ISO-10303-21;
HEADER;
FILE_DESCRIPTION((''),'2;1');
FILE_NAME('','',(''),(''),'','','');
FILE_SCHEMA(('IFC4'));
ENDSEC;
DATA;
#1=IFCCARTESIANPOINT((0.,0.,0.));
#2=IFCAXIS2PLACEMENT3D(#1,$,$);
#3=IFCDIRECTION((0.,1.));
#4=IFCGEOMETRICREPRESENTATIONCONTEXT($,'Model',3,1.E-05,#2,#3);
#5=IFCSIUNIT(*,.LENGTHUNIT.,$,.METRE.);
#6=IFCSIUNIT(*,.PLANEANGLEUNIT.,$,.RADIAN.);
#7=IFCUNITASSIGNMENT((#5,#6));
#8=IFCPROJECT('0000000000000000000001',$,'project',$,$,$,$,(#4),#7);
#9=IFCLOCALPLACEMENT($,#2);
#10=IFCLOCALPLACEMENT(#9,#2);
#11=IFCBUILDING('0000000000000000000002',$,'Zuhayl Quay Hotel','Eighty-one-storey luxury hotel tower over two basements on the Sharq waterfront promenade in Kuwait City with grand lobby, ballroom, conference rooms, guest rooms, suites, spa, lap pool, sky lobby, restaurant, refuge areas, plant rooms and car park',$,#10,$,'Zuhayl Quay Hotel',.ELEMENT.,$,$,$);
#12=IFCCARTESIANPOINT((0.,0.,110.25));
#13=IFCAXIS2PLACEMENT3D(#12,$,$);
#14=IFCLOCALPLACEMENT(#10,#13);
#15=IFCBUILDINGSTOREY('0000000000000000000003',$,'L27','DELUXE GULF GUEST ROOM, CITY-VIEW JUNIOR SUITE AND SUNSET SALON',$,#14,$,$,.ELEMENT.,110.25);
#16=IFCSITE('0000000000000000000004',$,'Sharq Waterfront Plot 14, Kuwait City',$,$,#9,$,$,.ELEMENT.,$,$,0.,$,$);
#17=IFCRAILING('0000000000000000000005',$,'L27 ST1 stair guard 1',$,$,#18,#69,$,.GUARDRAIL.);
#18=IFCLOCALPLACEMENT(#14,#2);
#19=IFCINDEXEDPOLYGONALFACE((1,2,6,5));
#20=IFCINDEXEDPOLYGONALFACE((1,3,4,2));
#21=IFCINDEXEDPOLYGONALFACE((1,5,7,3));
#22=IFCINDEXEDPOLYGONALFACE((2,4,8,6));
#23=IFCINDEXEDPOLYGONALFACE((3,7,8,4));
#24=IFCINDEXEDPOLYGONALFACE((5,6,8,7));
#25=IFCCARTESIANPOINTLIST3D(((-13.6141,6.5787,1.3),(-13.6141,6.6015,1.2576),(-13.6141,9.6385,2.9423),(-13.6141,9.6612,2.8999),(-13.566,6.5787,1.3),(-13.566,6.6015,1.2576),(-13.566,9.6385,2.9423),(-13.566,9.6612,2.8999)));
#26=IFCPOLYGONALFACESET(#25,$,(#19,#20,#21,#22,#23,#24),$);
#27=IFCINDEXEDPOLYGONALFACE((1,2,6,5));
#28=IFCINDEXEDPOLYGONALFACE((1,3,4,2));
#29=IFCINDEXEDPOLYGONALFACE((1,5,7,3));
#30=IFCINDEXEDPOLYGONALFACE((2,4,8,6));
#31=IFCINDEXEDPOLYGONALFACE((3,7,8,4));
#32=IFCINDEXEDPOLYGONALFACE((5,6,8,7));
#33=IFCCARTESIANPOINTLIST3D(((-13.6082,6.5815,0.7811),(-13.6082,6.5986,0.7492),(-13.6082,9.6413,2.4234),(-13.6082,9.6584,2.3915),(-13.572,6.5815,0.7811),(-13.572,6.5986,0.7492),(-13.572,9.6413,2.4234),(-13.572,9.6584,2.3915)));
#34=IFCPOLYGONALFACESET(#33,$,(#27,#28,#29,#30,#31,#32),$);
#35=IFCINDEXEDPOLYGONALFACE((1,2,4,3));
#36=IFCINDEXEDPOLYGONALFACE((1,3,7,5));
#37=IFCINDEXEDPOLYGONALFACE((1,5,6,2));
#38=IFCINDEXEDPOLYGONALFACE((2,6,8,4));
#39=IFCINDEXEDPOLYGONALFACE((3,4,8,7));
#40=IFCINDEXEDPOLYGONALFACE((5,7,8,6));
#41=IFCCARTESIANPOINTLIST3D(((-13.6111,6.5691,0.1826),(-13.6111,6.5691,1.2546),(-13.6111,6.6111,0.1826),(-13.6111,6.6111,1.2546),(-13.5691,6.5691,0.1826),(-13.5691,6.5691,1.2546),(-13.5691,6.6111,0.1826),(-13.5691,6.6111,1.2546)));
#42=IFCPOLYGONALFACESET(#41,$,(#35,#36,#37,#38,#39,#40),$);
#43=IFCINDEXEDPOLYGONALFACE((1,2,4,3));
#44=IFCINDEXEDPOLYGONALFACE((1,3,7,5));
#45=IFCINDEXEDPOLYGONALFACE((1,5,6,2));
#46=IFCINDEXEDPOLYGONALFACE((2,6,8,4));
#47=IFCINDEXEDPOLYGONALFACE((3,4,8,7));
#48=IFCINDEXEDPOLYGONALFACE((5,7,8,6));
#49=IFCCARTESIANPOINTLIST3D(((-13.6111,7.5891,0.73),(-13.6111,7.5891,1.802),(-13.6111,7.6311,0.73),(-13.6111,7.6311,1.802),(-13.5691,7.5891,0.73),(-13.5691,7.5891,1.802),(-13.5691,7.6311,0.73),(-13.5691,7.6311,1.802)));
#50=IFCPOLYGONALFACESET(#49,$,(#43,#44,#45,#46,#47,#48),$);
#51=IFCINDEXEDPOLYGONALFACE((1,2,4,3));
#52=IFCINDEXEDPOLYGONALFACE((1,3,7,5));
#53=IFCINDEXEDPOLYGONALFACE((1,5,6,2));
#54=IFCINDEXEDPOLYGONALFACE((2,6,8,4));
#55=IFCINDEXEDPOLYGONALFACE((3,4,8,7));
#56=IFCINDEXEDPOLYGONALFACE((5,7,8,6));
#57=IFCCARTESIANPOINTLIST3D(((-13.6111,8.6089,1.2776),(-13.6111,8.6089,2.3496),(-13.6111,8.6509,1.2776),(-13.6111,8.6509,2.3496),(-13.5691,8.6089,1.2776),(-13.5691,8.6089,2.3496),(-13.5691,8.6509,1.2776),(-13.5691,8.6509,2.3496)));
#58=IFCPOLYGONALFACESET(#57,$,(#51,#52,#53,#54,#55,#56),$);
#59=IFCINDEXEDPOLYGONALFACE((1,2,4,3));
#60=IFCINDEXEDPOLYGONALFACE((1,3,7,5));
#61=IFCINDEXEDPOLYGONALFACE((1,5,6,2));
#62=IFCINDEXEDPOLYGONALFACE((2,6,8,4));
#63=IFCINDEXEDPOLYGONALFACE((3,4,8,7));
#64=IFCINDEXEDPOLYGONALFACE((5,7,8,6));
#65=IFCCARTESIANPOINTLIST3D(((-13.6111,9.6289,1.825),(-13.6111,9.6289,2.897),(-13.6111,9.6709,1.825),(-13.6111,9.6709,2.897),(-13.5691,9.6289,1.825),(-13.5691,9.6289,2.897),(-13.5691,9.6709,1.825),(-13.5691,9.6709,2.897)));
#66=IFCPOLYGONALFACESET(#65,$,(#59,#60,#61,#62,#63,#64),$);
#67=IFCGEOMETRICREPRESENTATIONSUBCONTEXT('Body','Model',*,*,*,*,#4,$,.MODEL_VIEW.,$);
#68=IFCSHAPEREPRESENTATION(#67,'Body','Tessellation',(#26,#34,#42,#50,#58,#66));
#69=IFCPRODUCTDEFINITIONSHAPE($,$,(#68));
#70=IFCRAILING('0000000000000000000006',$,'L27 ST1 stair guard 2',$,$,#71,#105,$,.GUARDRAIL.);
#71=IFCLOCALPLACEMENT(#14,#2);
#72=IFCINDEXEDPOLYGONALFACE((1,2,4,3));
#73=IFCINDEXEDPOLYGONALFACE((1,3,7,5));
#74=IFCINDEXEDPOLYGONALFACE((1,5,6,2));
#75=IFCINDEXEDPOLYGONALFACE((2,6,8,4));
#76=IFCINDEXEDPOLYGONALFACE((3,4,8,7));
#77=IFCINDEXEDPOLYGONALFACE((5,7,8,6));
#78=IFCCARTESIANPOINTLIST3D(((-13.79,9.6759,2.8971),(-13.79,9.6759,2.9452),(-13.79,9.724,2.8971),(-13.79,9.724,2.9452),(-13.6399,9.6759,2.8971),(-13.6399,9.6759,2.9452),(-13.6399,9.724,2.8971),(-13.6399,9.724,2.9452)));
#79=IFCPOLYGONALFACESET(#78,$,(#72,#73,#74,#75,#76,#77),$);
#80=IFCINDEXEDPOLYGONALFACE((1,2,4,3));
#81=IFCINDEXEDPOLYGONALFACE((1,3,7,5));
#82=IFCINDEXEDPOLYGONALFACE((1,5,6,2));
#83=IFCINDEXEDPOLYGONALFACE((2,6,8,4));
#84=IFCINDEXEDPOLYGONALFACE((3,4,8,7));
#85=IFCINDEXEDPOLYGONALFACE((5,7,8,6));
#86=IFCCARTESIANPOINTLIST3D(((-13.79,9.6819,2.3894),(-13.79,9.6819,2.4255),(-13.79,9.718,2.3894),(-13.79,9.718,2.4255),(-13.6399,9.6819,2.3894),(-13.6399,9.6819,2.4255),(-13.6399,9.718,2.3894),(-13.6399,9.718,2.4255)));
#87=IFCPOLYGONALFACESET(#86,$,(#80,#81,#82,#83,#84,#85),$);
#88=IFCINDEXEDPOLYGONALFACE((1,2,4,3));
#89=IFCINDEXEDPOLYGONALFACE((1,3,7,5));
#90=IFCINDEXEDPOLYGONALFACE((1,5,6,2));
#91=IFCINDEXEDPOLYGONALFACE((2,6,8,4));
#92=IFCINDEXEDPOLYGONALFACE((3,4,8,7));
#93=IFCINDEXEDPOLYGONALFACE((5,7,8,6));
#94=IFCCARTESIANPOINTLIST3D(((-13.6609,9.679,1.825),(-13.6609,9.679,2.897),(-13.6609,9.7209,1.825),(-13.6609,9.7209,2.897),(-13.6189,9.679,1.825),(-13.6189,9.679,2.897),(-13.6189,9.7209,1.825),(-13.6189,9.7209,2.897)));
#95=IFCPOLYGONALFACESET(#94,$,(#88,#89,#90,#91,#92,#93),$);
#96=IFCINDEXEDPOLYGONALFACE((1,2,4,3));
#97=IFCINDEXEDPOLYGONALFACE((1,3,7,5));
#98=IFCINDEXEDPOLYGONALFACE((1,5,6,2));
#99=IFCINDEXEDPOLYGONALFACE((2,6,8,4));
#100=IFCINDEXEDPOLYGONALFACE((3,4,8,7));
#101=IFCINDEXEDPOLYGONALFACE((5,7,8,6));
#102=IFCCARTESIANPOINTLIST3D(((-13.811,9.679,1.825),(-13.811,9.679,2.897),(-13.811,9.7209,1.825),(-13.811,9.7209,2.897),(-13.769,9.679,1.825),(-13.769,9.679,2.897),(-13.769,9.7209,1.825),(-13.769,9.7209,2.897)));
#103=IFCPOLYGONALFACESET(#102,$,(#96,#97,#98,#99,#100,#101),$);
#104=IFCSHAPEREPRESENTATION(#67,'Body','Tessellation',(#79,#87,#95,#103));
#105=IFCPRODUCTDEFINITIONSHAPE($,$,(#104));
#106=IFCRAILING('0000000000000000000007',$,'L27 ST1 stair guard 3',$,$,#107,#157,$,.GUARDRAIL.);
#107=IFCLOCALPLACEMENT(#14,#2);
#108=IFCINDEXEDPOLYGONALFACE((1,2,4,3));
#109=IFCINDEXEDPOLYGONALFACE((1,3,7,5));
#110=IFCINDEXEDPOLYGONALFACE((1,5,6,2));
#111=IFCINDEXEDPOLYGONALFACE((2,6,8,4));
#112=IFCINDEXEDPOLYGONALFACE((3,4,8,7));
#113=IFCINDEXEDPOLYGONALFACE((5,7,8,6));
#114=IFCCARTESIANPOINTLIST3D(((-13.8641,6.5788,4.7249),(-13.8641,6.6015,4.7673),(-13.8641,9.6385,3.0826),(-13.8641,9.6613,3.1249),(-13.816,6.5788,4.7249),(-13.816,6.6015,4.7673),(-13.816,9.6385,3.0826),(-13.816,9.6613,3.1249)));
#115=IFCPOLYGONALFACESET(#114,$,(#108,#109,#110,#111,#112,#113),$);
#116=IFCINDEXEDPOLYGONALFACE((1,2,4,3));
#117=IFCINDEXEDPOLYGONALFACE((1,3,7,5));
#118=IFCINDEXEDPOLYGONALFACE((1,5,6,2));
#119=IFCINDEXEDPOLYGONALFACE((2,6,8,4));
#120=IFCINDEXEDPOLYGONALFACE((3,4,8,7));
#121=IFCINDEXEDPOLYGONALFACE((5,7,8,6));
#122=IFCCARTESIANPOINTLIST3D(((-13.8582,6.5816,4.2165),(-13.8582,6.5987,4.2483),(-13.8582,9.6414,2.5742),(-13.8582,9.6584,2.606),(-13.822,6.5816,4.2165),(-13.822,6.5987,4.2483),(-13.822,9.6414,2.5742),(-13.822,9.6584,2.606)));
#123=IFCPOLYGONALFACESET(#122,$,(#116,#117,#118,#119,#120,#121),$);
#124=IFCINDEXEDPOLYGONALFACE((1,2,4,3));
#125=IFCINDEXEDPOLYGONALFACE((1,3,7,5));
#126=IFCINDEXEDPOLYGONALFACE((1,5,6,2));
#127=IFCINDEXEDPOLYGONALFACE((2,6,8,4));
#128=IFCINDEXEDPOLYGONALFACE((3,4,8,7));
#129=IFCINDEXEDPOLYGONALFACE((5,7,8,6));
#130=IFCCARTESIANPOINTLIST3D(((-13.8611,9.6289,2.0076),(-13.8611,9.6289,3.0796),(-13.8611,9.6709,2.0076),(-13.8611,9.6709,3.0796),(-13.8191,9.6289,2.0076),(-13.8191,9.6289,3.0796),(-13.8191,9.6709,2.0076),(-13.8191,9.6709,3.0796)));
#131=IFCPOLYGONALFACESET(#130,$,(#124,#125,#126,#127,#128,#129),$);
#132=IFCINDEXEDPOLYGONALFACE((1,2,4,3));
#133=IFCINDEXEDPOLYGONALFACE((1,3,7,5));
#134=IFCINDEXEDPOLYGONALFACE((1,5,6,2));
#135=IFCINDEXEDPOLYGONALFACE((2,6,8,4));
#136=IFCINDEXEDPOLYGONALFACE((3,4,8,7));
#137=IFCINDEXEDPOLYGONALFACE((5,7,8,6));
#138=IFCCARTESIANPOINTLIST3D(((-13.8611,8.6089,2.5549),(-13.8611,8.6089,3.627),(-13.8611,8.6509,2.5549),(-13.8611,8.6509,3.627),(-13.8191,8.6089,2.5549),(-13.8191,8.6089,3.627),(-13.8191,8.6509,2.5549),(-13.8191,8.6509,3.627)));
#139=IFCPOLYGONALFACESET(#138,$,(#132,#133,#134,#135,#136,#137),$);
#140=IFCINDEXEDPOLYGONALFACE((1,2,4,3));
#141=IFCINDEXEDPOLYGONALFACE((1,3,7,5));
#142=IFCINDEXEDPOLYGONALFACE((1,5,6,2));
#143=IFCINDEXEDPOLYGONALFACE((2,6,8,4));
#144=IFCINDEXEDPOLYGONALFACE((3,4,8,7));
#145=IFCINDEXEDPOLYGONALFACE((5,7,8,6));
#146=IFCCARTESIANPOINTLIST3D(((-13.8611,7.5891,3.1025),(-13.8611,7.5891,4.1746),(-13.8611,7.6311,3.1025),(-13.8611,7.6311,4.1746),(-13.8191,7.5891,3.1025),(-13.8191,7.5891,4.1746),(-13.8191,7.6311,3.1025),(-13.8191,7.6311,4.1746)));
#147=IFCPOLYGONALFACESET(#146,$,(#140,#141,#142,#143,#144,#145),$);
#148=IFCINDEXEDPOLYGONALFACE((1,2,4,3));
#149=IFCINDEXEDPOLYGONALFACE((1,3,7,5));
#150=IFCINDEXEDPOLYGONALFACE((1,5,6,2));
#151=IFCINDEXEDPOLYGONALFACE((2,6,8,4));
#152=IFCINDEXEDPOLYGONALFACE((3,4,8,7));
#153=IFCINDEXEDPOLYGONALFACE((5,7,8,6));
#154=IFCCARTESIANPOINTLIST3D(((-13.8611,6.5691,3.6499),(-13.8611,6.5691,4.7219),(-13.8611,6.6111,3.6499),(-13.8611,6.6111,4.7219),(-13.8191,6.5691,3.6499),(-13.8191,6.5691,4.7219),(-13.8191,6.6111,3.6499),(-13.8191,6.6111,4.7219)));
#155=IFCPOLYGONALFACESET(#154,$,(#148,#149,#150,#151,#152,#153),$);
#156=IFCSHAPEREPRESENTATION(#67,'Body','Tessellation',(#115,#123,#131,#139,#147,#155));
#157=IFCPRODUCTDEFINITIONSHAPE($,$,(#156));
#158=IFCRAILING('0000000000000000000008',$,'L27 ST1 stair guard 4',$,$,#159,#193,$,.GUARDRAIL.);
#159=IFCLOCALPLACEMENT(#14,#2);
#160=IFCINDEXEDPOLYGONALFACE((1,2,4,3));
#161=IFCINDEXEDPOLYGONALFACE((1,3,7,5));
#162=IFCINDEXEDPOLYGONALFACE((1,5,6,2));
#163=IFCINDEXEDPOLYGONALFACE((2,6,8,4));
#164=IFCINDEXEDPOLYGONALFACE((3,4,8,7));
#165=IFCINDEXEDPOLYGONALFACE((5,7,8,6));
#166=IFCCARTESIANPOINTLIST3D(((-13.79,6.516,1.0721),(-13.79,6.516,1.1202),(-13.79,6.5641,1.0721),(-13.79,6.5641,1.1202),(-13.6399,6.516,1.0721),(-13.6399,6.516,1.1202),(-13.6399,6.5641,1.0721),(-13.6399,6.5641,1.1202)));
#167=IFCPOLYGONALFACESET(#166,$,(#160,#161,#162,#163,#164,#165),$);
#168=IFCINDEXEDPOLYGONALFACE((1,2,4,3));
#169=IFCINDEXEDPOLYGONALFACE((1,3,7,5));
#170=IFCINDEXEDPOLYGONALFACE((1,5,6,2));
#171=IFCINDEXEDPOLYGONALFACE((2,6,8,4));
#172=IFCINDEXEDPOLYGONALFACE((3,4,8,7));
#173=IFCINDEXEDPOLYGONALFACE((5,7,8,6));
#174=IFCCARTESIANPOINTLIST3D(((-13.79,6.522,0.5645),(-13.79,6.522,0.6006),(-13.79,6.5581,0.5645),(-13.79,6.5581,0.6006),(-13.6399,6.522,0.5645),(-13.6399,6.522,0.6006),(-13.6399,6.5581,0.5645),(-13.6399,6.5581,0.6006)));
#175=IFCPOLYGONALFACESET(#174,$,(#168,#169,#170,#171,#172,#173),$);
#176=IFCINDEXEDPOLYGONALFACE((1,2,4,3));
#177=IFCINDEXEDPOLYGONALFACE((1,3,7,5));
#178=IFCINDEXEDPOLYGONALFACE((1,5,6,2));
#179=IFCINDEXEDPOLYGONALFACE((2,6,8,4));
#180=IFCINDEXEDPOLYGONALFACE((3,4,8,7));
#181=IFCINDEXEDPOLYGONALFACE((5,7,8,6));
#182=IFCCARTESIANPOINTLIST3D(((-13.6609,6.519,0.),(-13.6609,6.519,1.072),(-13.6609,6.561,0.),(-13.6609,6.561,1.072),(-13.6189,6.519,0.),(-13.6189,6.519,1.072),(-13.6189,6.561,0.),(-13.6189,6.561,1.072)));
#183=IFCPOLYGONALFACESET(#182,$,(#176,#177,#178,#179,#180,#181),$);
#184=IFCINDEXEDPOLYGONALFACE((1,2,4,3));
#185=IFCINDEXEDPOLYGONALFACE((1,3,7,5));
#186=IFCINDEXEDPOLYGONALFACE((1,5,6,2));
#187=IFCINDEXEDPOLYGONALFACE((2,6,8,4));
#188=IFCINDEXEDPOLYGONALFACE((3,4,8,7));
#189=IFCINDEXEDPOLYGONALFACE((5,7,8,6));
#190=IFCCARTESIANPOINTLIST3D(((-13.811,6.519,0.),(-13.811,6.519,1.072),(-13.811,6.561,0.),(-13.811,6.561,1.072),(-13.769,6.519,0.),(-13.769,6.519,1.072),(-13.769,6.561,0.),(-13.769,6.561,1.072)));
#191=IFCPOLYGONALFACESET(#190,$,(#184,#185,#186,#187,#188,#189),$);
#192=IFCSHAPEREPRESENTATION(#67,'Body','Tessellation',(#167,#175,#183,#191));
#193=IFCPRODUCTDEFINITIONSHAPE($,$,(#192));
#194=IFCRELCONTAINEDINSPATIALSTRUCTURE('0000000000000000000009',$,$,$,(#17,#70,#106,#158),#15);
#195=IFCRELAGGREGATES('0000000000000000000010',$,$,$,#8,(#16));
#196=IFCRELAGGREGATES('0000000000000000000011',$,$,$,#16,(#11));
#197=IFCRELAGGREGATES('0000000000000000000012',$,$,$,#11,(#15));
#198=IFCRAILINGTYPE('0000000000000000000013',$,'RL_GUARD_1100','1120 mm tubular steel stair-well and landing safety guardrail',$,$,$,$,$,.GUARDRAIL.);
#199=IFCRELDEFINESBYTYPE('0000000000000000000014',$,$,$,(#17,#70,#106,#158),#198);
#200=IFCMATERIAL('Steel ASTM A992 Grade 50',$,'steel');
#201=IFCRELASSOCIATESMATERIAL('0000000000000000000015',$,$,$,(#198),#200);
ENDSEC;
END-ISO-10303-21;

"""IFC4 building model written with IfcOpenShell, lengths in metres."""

from ifc_helpers import new_model, si_unit, direction, frame, origin, origin_2d, place, context, subcontext, project, spatial, rectangle, extrude, material, type_object, element, save


model = new_model("IFC4")

# Units and contexts
model_context = context("Model", 3, precision=1e-05, world=origin(), true_north=direction((0.0, 1.0)))
body_context = subcontext(model_context, "Body", "Model", "MODEL_VIEW")
ifc_project = project(units=[si_unit("LENGTHUNIT", "METRE"), si_unit("PLANEANGLEUNIT", "RADIAN")], contexts=[model_context])

# Site, building, storey
site_placement = place(None, origin())
site = spatial("IfcSite", under=ifc_project, at=site_placement, Name="Sharq Waterfront Plot 14, Kuwait City", CompositionType="ELEMENT", RefElevation=0.0)
building_placement = place(site_placement, origin())
building = spatial("IfcBuilding", under=site, at=building_placement, Name="Zuhayl Quay Hotel", Description="Eighty-one-storey luxury hotel tower over two basements on the Sharq waterfront promenade in Kuwait City with grand lobby, ballroom, conference rooms, guest rooms, suites, spa, lap pool, sky lobby, restaurant, refuge areas, plant rooms and car park", LongName="Zuhayl Quay Hotel", CompositionType="ELEMENT")
storey_placement = place(building_placement, frame((0.0, 0.0, 110.25)))
storey = spatial("IfcBuildingStorey", under=building, at=storey_placement, Name="L27", Description="DELUXE GULF GUEST ROOM, CITY-VIEW JUNIOR SUITE AND SUNSET SALON", CompositionType="ELEMENT", Elevation=110.25)

# Shared definitions
ifc_material_1 = material(Name="Steel ASTM A992 Grade 50", Category="steel")

# Railings
railing_type_1 = type_object("IfcRailingType", Name="RL_GUARD_1100", Description="1120 mm tubular steel stair-well and landing safety guardrail", PredefinedType="GUARDRAIL", material=ifc_material_1)
railing_1_placement = place(storey_placement, frame((-13.5901, 6.5901, 0.1826)))
element("IfcRailing", 1, at=railing_1_placement, inside=storey, type_object=railing_type_1, Name="L27 ST1 stair guard 1", PredefinedType="GUARDRAIL", context=body_context, shape_type="SweptSolid", body=[
    extrude(rectangle(XDim=0.0481, YDim=0.0481, at=origin_2d()), frame((0.0, 0.0, 1.0962), z_axis=(0.0, 0.881102, 0.472926), x_axis=(-1.0, 0.0, 0.0)), (0.0, 0.0, 1.0), 3.4727),
    extrude(rectangle(XDim=0.0361, YDim=0.0361, at=origin_2d()), frame((0.0, 0.0, 0.5825), z_axis=(0.0, 0.881102, 0.472926), x_axis=(-1.0, 0.0, 0.0)), (0.0, 0.0, 1.0), 3.4727),
    extrude(rectangle(XDim=0.042, YDim=0.042, at=origin_2d()), origin(), (0.0, 0.0, 1.0), 1.072),
    extrude(rectangle(XDim=0.042, YDim=0.042, at=origin_2d()), frame((0.0, 1.02, 0.5474)), (0.0, 0.0, 1.0), 1.072),
    extrude(rectangle(XDim=0.042, YDim=0.042, at=origin_2d()), frame((0.0, 2.0398, 1.095)), (0.0, 0.0, 1.0), 1.072),
    extrude(rectangle(XDim=0.042, YDim=0.042, at=origin_2d()), frame((0.0, 3.0598, 1.6423)), (0.0, 0.0, 1.0), 1.072),
])
railing_2_placement = place(storey_placement, frame((-13.6399, 9.7, 1.825)))
element("IfcRailing", 2, at=railing_2_placement, inside=storey, type_object=railing_type_1, Name="L27 ST1 stair guard 2", PredefinedType="GUARDRAIL", context=body_context, shape_type="SweptSolid", body=[
    extrude(rectangle(XDim=0.0481, YDim=0.0481, at=origin_2d()), frame((0.0, 0.0, 1.0962), z_axis=(-1.0, 0.0, 0.0), x_axis=(0.0, -1.0, 0.0)), (0.0, 0.0, 1.0), 0.1501),
    extrude(rectangle(XDim=0.0361, YDim=0.0361, at=origin_2d()), frame((0.0, 0.0, 0.5825), z_axis=(-1.0, 0.0, 0.0), x_axis=(0.0, -1.0, 0.0)), (0.0, 0.0, 1.0), 0.1501),
    extrude(rectangle(XDim=0.042, YDim=0.042, at=origin_2d()), origin(), (0.0, 0.0, 1.0), 1.072),
    extrude(rectangle(XDim=0.042, YDim=0.042, at=origin_2d()), frame((-0.1501, 0.0, 0.0)), (0.0, 0.0, 1.0), 1.072),
])
railing_3_placement = place(storey_placement, frame((-13.8401, 9.6499, 2.0076)))
element("IfcRailing", 3, at=railing_3_placement, inside=storey, type_object=railing_type_1, Name="L27 ST1 stair guard 3", PredefinedType="GUARDRAIL", context=body_context, shape_type="SweptSolid", body=[
    extrude(rectangle(XDim=0.0481, YDim=0.0481, at=origin_2d()), frame((0.0, 0.0, 1.0962), z_axis=(0.0, -0.881102, 0.472926), x_axis=(1.0, 0.0, 0.0)), (0.0, 0.0, 1.0), 3.4727),
    extrude(rectangle(XDim=0.0361, YDim=0.0361, at=origin_2d()), frame((0.0, 0.0, 0.5825), z_axis=(0.0, -0.881102, 0.472926), x_axis=(1.0, 0.0, 0.0)), (0.0, 0.0, 1.0), 3.4727),
    extrude(rectangle(XDim=0.042, YDim=0.042, at=origin_2d()), origin(), (0.0, 0.0, 1.0), 1.072),
    extrude(rectangle(XDim=0.042, YDim=0.042, at=origin_2d()), frame((0.0, -1.02, 0.5474)), (0.0, 0.0, 1.0), 1.072),
    extrude(rectangle(XDim=0.042, YDim=0.042, at=origin_2d()), frame((0.0, -2.0398, 1.095)), (0.0, 0.0, 1.0), 1.072),
    extrude(rectangle(XDim=0.042, YDim=0.042, at=origin_2d()), frame((0.0, -3.0598, 1.6423)), (0.0, 0.0, 1.0), 1.072),
])
railing_4_placement = place(storey_placement, frame((-13.6399, 6.54, 0.0)))
element("IfcRailing", 4, at=railing_4_placement, inside=storey, type_object=railing_type_1, Name="L27 ST1 stair guard 4", PredefinedType="GUARDRAIL", context=body_context, shape_type="SweptSolid", body=[
    extrude(rectangle(XDim=0.0481, YDim=0.0481, at=origin_2d()), frame((0.0, 0.0, 1.0962), z_axis=(-1.0, 0.0, 0.0), x_axis=(0.0, -1.0, 0.0)), (0.0, 0.0, 1.0), 0.1501),
    extrude(rectangle(XDim=0.0361, YDim=0.0361, at=origin_2d()), frame((0.0, 0.0, 0.5825), z_axis=(-1.0, 0.0, 0.0), x_axis=(0.0, -1.0, 0.0)), (0.0, 0.0, 1.0), 0.1501),
    extrude(rectangle(XDim=0.042, YDim=0.042, at=origin_2d()), origin(), (0.0, 0.0, 1.0), 1.072),
    extrude(rectangle(XDim=0.042, YDim=0.042, at=origin_2d()), frame((-0.1501, 0.0, 0.0)), (0.0, 0.0, 1.0), 1.072),
])

save(model, "model.ifc")
